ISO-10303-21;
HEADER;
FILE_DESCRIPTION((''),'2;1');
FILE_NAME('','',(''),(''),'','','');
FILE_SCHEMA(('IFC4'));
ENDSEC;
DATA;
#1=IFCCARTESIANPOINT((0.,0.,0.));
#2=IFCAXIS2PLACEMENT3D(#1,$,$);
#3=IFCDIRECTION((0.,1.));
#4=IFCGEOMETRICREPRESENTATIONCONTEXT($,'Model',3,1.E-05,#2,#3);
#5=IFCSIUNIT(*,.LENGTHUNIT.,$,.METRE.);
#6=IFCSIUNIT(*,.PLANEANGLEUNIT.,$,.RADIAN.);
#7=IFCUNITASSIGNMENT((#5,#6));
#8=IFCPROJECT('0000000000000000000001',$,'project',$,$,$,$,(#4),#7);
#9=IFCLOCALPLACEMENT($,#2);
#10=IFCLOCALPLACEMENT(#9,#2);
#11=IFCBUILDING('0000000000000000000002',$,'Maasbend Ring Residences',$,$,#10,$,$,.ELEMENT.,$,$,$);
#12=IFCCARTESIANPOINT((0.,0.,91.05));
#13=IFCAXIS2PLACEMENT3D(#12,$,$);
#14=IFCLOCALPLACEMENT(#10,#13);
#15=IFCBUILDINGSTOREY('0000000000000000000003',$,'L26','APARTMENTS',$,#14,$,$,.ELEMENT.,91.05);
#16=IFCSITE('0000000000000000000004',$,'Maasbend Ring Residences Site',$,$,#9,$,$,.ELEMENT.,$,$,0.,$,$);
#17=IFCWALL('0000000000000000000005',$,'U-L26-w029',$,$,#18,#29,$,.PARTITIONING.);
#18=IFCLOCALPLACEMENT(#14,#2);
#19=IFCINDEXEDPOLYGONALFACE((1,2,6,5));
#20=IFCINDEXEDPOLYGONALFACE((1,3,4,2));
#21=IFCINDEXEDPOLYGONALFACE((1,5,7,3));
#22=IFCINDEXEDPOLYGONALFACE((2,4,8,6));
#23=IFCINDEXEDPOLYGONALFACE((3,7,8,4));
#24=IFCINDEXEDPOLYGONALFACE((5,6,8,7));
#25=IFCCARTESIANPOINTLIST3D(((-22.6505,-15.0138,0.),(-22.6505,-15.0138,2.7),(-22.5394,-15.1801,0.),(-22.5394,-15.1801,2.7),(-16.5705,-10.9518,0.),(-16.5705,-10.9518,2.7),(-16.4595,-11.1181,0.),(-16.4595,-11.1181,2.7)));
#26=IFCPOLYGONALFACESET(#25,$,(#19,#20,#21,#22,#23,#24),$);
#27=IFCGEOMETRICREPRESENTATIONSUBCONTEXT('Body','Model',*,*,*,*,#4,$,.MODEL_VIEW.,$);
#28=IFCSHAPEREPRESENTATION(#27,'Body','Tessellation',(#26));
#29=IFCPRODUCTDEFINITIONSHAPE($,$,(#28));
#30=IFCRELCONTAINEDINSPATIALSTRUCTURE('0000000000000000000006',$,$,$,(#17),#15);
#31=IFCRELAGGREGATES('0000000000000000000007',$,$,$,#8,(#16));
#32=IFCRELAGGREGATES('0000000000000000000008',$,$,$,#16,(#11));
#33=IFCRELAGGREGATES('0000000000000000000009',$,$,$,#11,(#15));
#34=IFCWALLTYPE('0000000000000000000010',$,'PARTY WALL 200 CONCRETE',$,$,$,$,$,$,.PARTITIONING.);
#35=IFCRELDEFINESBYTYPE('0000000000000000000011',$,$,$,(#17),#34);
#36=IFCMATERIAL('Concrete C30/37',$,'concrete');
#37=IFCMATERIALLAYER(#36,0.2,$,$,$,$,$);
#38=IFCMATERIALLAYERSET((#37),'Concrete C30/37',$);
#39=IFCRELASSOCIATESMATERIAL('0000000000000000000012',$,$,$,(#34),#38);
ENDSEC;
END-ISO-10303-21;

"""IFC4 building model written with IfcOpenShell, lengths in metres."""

from ifc_helpers import new_model, si_unit, direction, frame, frame_2d, origin, place, context, subcontext, project, spatial, rectangle, extrude, material, layer, layer_set, type_object, element, save


model = new_model("IFC4")

# Units and contexts
model_context = context("Model", 3, precision=1e-05, world=origin(), true_north=direction((0.0, 1.0)))
body_context = subcontext(model_context, "Body", "Model", "MODEL_VIEW")
ifc_project = project(units=[si_unit("LENGTHUNIT", "METRE"), si_unit("PLANEANGLEUNIT", "RADIAN")], contexts=[model_context])

# Site, building, storey
site_placement = place(None, origin())
site = spatial("IfcSite", under=ifc_project, at=site_placement, Name="Maasbend Ring Residences Site", CompositionType="ELEMENT", RefElevation=0.0)
building_placement = place(site_placement, origin())
building = spatial("IfcBuilding", under=site, at=building_placement, Name="Maasbend Ring Residences", CompositionType="ELEMENT")
storey_placement = place(building_placement, frame((0.0, 0.0, 91.05)))
storey = spatial("IfcBuildingStorey", under=building, at=storey_placement, Name="L26", Description="APARTMENTS", CompositionType="ELEMENT", Elevation=91.05)

# Wall
ifc_material_1 = material(Name="Concrete C30/37", Category="concrete")
ifc_layer_1 = layer(ifc_material_1, 0.2)
ifc_layer_set_1 = layer_set([ifc_layer_1], Name="Concrete C30/37")
wall_type_1 = type_object("IfcWallType", Name="PARTY WALL 200 CONCRETE", PredefinedType="PARTITIONING", material=ifc_layer_set_1)
wall_1_placement = place(storey_placement, frame((-22.595, -15.0969, 0.0), z_axis=(0.0, 0.0, 1.0), x_axis=(0.831505, 0.555517, 0.0)))
element("IfcWall", 1, at=wall_1_placement, inside=storey, type_object=wall_type_1, Name="U-L26-w029", PredefinedType="PARTITIONING", context=body_context, shape_type="SweptSolid", body=[
    extrude(rectangle(XDim=7.312, YDim=0.2, at=frame_2d((3.656, 0.0))), origin(), (0.0, 0.0, 1.0), 2.7),
])

save(model, "model.ifc")
